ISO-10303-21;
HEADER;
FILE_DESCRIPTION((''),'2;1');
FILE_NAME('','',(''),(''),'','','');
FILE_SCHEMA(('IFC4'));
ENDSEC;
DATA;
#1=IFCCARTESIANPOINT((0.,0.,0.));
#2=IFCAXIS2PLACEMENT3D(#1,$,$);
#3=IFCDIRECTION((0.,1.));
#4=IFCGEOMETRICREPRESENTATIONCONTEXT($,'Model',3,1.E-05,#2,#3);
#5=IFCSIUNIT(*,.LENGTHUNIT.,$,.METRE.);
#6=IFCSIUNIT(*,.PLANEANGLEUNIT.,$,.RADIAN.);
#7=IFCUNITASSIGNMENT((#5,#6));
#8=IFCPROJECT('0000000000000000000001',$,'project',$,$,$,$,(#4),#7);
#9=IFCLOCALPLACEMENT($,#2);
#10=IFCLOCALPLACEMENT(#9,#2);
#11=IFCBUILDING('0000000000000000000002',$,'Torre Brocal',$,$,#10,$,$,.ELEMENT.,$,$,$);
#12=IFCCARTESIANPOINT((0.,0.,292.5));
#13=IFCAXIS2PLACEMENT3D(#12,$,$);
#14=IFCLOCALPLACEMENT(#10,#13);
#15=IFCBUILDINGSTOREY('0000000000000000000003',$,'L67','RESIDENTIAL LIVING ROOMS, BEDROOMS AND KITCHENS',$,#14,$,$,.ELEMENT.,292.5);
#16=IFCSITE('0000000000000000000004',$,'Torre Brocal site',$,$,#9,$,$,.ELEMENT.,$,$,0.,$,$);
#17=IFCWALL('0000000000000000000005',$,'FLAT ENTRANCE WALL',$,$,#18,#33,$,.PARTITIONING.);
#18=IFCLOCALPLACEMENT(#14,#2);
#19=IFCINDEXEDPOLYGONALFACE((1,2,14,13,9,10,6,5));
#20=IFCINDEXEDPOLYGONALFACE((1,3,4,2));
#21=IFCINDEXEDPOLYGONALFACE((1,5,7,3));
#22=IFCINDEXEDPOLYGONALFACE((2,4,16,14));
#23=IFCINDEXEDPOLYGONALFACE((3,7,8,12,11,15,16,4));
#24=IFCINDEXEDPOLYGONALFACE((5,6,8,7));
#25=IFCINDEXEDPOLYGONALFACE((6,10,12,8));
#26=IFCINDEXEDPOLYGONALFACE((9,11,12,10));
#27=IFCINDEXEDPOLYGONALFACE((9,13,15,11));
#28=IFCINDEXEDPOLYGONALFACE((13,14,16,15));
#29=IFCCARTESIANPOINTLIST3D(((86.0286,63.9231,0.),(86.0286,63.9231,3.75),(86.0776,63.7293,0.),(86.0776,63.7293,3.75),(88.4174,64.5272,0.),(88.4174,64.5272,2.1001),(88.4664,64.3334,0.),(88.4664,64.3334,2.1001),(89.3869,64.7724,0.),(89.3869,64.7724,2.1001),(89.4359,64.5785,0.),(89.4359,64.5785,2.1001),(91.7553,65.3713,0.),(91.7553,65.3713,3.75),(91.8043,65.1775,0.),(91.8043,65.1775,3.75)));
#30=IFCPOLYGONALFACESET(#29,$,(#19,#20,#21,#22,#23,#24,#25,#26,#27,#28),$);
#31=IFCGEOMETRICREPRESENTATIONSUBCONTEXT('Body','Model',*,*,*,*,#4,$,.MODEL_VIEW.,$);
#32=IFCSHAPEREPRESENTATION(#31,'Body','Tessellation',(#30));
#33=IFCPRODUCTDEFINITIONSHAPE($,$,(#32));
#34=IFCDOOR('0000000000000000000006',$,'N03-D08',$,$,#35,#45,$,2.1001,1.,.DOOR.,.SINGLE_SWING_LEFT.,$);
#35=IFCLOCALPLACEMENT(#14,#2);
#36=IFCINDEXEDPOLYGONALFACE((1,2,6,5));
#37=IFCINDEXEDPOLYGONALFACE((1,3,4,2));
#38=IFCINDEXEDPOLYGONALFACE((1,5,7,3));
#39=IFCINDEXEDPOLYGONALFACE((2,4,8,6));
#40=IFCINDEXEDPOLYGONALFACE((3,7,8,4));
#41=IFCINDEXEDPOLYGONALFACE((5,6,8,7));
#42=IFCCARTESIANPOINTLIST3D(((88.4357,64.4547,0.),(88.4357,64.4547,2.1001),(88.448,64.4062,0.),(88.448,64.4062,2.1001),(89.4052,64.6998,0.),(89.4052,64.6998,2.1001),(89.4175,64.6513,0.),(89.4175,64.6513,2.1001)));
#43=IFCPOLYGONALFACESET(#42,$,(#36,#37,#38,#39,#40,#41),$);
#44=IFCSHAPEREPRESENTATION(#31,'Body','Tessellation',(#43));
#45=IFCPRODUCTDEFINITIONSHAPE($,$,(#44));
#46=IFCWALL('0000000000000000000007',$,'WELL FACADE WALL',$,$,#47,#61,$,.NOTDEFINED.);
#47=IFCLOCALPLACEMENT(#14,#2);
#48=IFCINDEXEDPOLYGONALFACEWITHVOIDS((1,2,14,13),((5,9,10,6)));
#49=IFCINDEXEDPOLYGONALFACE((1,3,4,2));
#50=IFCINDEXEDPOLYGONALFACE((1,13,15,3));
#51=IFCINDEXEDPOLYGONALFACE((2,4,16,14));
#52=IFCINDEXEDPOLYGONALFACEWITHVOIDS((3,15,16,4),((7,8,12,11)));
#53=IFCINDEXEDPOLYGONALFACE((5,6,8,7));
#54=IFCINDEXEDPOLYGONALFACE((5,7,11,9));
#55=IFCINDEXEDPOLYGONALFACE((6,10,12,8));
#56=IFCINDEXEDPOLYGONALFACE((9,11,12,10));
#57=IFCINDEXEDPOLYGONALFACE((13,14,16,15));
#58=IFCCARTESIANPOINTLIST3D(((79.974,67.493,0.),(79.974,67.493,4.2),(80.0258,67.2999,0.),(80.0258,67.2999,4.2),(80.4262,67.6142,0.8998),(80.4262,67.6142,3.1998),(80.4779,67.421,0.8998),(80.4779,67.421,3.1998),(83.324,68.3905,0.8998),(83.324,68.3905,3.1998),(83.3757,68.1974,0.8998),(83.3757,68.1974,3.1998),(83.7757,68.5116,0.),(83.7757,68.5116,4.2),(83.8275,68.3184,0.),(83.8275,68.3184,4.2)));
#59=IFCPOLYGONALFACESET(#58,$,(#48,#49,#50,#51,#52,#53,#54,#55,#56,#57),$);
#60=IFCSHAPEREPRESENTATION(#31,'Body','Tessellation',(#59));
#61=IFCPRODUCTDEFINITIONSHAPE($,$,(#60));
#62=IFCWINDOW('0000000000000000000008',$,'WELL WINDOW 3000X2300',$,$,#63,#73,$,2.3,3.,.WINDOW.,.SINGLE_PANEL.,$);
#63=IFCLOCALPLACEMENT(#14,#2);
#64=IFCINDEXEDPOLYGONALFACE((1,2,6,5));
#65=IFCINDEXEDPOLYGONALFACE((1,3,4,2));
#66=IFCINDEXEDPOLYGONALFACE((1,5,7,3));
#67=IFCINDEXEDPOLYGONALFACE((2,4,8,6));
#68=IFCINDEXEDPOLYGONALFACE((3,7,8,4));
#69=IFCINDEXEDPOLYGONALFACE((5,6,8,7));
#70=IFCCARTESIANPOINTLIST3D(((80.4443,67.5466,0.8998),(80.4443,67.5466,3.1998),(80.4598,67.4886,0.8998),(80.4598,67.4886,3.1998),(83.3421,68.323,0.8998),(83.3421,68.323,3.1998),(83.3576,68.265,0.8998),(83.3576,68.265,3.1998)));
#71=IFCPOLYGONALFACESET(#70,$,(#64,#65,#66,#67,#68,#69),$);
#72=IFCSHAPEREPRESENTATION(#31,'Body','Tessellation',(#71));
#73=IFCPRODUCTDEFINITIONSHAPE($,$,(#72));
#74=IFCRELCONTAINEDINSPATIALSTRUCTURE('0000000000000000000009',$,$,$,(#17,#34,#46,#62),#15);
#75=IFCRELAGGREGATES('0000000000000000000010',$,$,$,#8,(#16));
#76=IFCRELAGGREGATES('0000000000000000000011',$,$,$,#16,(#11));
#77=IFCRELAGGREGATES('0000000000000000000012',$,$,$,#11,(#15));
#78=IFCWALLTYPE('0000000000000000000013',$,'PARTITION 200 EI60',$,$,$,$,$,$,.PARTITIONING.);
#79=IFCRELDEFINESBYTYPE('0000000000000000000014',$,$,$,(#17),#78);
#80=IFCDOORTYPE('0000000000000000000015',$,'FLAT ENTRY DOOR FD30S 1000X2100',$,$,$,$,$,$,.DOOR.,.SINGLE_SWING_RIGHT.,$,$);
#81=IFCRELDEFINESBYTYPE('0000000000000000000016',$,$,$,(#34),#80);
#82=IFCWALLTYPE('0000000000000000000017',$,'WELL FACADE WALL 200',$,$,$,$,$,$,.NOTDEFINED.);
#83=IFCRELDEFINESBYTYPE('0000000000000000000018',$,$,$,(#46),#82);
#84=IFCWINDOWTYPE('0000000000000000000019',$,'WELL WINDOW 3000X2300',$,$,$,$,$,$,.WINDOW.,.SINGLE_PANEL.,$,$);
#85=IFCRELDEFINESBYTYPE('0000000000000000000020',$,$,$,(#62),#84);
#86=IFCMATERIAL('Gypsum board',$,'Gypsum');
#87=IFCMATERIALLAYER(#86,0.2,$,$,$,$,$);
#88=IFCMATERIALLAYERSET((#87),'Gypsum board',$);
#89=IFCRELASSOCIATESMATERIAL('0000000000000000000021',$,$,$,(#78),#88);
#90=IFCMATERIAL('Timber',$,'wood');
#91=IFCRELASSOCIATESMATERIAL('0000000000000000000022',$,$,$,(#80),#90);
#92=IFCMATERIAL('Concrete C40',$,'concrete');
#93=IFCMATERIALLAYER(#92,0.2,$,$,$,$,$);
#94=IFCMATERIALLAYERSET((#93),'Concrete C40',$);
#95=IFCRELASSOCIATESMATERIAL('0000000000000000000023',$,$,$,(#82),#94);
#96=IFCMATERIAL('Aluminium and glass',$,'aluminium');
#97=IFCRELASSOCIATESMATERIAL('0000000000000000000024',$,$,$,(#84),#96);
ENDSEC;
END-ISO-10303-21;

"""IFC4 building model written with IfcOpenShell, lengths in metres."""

from ifc_helpers import new_model, si_unit, direction, frame, frame_2d, origin, place, context, subcontext, project, spatial, rectangle, extrude, material, layer, layer_set, type_object, element, fill, save


model = new_model("IFC4")

# Units and contexts
model_context = context("Model", 3, precision=1e-05, world=origin(), true_north=direction((0.0, 1.0)))
body_context = subcontext(model_context, "Body", "Model", "MODEL_VIEW")
ifc_project = project(units=[si_unit("LENGTHUNIT", "METRE"), si_unit("PLANEANGLEUNIT", "RADIAN")], contexts=[model_context])

# Site, building, storey
site_placement = place(None, origin())
site = spatial("IfcSite", under=ifc_project, at=site_placement, Name="Torre Brocal site", CompositionType="ELEMENT", RefElevation=0.0)
building_placement = place(site_placement, origin())
building = spatial("IfcBuilding", under=site, at=building_placement, Name="Torre Brocal", CompositionType="ELEMENT")
storey_placement = place(building_placement, frame((0.0, 0.0, 292.5)))
storey = spatial("IfcBuildingStorey", under=building, at=storey_placement, Name="L67", Description="RESIDENTIAL LIVING ROOMS, BEDROOMS AND KITCHENS", CompositionType="ELEMENT", Elevation=292.5)

# Shared definitions
ifc_material_1 = material(Name="Gypsum board", Category="Gypsum")
ifc_layer_1 = layer(ifc_material_1, 0.2)
ifc_layer_set_1 = layer_set([ifc_layer_1], Name="Gypsum board")
wall_type_1 = type_object("IfcWallType", Name="PARTITION 200 EI60", PredefinedType="PARTITIONING", material=ifc_layer_set_1)

# Shared definitions
ifc_material_2 = material(Name="Timber", Category="wood")
door_type_1 = type_object("IfcDoorType", Name="FLAT ENTRY DOOR FD30S 1000X2100", OperationType="SINGLE_SWING_RIGHT", PredefinedType="DOOR", material=ifc_material_2)

# Wall, opening, door
wall_1_placement = place(storey_placement, frame((86.053, 63.8262, 0.0), z_axis=(0.0, 0.0, 1.0), x_axis=(0.96948, 0.24517, 0.0)))
wall_1 = element("IfcWall", 1, at=wall_1_placement, inside=storey, type_object=wall_type_1, Name="FLAT ENTRANCE WALL", PredefinedType="PARTITIONING", context=body_context, shape_type="SweptSolid", body=[
    extrude(rectangle(XDim=5.907, YDim=0.2, at=frame_2d((2.9536, 0.0))), origin(), (0.0, 0.0, 1.0), 3.75),
])
opening_1_placement = place(wall_1_placement, frame((2.4641, 0.0, 0.0)))
opening_1 = element("IfcOpeningElement", 2, at=opening_1_placement, cuts=wall_1, PredefinedType="OPENING", context=body_context, shape_type="SweptSolid", body=[
    extrude(rectangle(XDim=1.0, YDim=2.1001, at=frame_2d((0.5, 1.05))), frame((0.0, 0.1099, 0.0), z_axis=(0.0, -1.0, 0.0), x_axis=(1.0, 0.0, 0.0)), (0.0, 0.0, 1.0), 0.22),
])
door_1_placement = place(opening_1_placement, frame((1.0, 0.0, 0.0), z_axis=(0.0, 0.0, 1.0), x_axis=(-1.0, 0.0, 0.0)))
door_1 = element("IfcDoor", 3, at=door_1_placement, inside=storey, type_object=door_type_1, Name="N03-D08", OperationType="SINGLE_SWING_LEFT", OverallHeight=2.1001, OverallWidth=1.0, PredefinedType="DOOR", context=body_context, shape_type="SweptSolid", body=[
    extrude(rectangle(XDim=1.0, YDim=2.1001, at=frame_2d((0.5, 1.05))), frame((0.0, 0.0249, 0.0), z_axis=(0.0, -1.0, 0.0), x_axis=(1.0, 0.0, 0.0)), (0.0, 0.0, 1.0), 0.05),
])
fill(opening_1, door_1)

# Wall, opening, window
ifc_material_3 = material(Name="Concrete C40", Category="concrete")
ifc_layer_2 = layer(ifc_material_3, 0.2)
ifc_layer_set_2 = layer_set([ifc_layer_2], Name="Concrete C40")
wall_type_2 = type_object("IfcWallType", Name="WELL FACADE WALL 200", PredefinedType="NOTDEFINED", material=ifc_layer_set_2)
wall_2_placement = place(storey_placement, frame((80.0, 67.3965, 0.0), z_axis=(0.0, 0.0, 1.0), x_axis=(0.965934, 0.25879, 0.0)))
wall_2 = element("IfcWall", 4, at=wall_2_placement, inside=storey, type_object=wall_type_2, Name="WELL FACADE WALL", PredefinedType="NOTDEFINED", context=body_context, shape_type="SweptSolid", body=[
    extrude(rectangle(XDim=3.9358, YDim=0.2, at=frame_2d((1.9678, 0.0))), origin(), (0.0, 0.0, 1.0), 4.2),
])
opening_2_placement = place(wall_2_placement, frame((0.468, 0.0, 0.8999)))
opening_2 = element("IfcOpeningElement", 5, at=opening_2_placement, cuts=wall_2, PredefinedType="OPENING", context=body_context, shape_type="SweptSolid", body=[
    extrude(rectangle(XDim=3.0, YDim=2.3, at=frame_2d((1.5, 1.1499))), frame((0.0, 0.1099, 0.0), z_axis=(0.0, -1.0, 0.0), x_axis=(1.0, 0.0, 0.0)), (0.0, 0.0, 1.0), 0.22),
])
ifc_material_4 = material(Name="Aluminium and glass", Category="aluminium")
window_type = type_object("IfcWindowType", Name="WELL WINDOW 3000X2300", PartitioningType="SINGLE_PANEL", PredefinedType="WINDOW", material=ifc_material_4)
window_placement = place(opening_2_placement, origin())
window = element("IfcWindow", 6, at=window_placement, inside=storey, type_object=window_type, Name="WELL WINDOW 3000X2300", OverallHeight=2.3, OverallWidth=3.0, PartitioningType="SINGLE_PANEL", PredefinedType="WINDOW", context=body_context, shape_type="SweptSolid", body=[
    extrude(rectangle(XDim=3.0, YDim=2.3, at=frame_2d((1.5, 1.1499))), frame((0.0, 0.03, 0.0), z_axis=(0.0, -1.0, 0.0), x_axis=(1.0, 0.0, 0.0)), (0.0, 0.0, 1.0), 0.0601),
])
fill(opening_2, window)

save(model, "model.ifc")
